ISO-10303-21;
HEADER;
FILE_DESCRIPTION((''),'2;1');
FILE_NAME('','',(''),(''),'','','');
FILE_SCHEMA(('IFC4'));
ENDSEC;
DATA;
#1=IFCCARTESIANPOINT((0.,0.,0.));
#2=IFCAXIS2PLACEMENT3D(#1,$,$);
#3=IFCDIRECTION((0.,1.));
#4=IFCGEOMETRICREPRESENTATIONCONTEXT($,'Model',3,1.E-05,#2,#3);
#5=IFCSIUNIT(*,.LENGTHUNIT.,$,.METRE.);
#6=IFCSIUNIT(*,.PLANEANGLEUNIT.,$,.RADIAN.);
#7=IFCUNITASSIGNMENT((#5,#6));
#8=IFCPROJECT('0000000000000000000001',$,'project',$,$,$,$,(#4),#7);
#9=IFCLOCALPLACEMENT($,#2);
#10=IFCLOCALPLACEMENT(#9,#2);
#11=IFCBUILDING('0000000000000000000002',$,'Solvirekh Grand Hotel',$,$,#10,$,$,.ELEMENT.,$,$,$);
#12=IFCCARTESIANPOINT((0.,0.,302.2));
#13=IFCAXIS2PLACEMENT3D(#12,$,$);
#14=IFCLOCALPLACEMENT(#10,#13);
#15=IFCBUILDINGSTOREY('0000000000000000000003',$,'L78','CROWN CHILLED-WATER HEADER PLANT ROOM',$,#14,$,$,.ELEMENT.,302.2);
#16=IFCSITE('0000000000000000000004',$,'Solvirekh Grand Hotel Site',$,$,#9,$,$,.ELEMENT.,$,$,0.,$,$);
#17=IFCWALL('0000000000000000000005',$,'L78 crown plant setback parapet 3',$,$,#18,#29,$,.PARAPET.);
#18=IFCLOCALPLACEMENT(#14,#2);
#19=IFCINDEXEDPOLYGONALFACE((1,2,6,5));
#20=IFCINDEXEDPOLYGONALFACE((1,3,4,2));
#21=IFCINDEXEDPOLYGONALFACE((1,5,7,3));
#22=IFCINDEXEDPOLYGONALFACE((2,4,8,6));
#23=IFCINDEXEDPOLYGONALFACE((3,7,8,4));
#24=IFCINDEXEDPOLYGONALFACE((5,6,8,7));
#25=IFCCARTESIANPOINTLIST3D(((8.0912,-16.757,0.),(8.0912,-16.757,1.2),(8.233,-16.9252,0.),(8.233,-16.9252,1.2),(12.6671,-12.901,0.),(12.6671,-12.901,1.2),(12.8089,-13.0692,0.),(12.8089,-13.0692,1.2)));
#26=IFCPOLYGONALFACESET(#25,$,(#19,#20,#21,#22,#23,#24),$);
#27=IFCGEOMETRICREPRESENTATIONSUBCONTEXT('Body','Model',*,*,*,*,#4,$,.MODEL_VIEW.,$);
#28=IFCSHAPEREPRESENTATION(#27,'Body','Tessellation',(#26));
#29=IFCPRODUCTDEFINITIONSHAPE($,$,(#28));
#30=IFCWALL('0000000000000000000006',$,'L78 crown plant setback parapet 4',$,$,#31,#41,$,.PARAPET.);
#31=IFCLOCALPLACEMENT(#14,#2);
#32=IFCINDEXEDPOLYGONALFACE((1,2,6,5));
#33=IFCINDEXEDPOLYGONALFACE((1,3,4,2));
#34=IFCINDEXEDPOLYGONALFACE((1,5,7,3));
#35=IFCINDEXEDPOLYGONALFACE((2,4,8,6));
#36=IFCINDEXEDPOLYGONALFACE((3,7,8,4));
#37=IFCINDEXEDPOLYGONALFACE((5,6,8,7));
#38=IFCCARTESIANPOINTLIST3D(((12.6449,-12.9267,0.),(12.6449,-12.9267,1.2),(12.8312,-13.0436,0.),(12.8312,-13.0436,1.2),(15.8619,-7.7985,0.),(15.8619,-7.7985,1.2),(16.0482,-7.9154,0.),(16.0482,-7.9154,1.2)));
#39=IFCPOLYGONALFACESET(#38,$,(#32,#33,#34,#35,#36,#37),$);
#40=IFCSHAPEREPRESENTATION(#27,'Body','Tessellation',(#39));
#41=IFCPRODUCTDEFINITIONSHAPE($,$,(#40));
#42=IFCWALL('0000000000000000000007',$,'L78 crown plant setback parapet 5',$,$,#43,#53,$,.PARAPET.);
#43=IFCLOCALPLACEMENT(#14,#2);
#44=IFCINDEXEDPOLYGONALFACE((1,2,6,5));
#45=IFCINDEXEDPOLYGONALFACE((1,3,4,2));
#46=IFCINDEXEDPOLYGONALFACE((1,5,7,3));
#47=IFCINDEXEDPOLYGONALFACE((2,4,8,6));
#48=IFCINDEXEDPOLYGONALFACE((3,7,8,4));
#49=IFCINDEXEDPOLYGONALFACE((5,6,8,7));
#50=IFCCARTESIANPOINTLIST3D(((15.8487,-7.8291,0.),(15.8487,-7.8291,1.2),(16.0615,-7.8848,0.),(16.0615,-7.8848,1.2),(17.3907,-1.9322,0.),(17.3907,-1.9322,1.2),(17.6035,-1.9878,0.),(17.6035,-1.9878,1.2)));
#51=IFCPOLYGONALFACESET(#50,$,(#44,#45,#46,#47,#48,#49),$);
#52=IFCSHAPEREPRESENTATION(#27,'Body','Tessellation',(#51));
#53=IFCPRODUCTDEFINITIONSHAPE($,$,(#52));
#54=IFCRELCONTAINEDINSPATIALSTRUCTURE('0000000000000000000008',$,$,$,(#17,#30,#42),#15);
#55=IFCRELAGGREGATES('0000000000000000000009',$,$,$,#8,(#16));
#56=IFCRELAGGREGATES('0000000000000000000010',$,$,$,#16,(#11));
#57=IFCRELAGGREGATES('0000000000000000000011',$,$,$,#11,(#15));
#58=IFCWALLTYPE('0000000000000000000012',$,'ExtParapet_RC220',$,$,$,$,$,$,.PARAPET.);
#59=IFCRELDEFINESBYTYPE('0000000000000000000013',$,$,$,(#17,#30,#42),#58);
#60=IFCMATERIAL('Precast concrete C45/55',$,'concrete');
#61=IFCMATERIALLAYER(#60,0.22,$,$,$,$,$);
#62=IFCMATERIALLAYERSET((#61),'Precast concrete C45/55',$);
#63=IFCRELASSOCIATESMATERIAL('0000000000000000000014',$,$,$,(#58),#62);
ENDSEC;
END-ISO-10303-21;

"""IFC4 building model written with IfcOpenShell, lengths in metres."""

from ifc_helpers import new_model, si_unit, direction, frame, frame_2d, origin, place, context, subcontext, project, spatial, rectangle, extrude, material, layer, layer_set, type_object, element, save


model = new_model("IFC4")

# Units and contexts
model_context = context("Model", 3, precision=1e-05, world=origin(), true_north=direction((0.0, 1.0)))
body_context = subcontext(model_context, "Body", "Model", "MODEL_VIEW")
ifc_project = project(units=[si_unit("LENGTHUNIT", "METRE"), si_unit("PLANEANGLEUNIT", "RADIAN")], contexts=[model_context])

# Site, building, storey
site_placement = place(None, origin())
site = spatial("IfcSite", under=ifc_project, at=site_placement, Name="Solvirekh Grand Hotel Site", CompositionType="ELEMENT", RefElevation=0.0)
building_placement = place(site_placement, origin())
building = spatial("IfcBuilding", under=site, at=building_placement, Name="Solvirekh Grand Hotel", CompositionType="ELEMENT")
storey_placement = place(building_placement, frame((0.0, 0.0, 302.2)))
storey = spatial("IfcBuildingStorey", under=building, at=storey_placement, Name="L78", Description="CROWN CHILLED-WATER HEADER PLANT ROOM", CompositionType="ELEMENT", Elevation=302.2)

# Walls
ifc_material_1 = material(Name="Precast concrete C45/55", Category="concrete")
ifc_layer_1 = layer(ifc_material_1, 0.22)
ifc_layer_set_1 = layer_set([ifc_layer_1], Name="Precast concrete C45/55")
wall_type_1 = type_object("IfcWallType", Name="ExtParapet_RC220", PredefinedType="PARAPET", material=ifc_layer_set_1)
wall_1_placement = place(storey_placement, frame((8.1621, -16.8411, 0.0), z_axis=(0.0, 0.0, 1.0), x_axis=(0.764702, 0.644384, 0.0)))
element("IfcWall", 1, at=wall_1_placement, inside=storey, type_object=wall_type_1, Name="L78 crown plant setback parapet 3", PredefinedType="PARAPET", context=body_context, shape_type="SweptSolid", body=[
    extrude(rectangle(XDim=5.9839, YDim=0.22, at=frame_2d((2.9919, 0.0))), origin(), (0.0, 0.0, 1.0), 1.2),
])
wall_2_placement = place(storey_placement, frame((12.738, -12.9851, 0.0), z_axis=(0.0, 0.0, 1.0), x_axis=(0.531416, 0.847111, 0.0)))
element("IfcWall", 2, at=wall_2_placement, inside=storey, type_object=wall_type_1, Name="L78 crown plant setback parapet 4", PredefinedType="PARAPET", context=body_context, shape_type="SweptSolid", body=[
    extrude(rectangle(XDim=6.0537, YDim=0.22, at=frame_2d((3.0269, 0.0))), origin(), (0.0, 0.0, 1.0), 1.2),
])
wall_3_placement = place(storey_placement, frame((15.9551, -7.8569, 0.0), z_axis=(0.0, 0.0, 1.0), x_axis=(0.252983, 0.967471, 0.0)))
element("IfcWall", 3, at=wall_3_placement, inside=storey, type_object=wall_type_1, Name="L78 crown plant setback parapet 5", PredefinedType="PARAPET", context=body_context, shape_type="SweptSolid", body=[
    extrude(rectangle(XDim=6.0952, YDim=0.22, at=frame_2d((3.0476, 0.0))), origin(), (0.0, 0.0, 1.0), 1.2),
])

save(model, "model.ifc")
